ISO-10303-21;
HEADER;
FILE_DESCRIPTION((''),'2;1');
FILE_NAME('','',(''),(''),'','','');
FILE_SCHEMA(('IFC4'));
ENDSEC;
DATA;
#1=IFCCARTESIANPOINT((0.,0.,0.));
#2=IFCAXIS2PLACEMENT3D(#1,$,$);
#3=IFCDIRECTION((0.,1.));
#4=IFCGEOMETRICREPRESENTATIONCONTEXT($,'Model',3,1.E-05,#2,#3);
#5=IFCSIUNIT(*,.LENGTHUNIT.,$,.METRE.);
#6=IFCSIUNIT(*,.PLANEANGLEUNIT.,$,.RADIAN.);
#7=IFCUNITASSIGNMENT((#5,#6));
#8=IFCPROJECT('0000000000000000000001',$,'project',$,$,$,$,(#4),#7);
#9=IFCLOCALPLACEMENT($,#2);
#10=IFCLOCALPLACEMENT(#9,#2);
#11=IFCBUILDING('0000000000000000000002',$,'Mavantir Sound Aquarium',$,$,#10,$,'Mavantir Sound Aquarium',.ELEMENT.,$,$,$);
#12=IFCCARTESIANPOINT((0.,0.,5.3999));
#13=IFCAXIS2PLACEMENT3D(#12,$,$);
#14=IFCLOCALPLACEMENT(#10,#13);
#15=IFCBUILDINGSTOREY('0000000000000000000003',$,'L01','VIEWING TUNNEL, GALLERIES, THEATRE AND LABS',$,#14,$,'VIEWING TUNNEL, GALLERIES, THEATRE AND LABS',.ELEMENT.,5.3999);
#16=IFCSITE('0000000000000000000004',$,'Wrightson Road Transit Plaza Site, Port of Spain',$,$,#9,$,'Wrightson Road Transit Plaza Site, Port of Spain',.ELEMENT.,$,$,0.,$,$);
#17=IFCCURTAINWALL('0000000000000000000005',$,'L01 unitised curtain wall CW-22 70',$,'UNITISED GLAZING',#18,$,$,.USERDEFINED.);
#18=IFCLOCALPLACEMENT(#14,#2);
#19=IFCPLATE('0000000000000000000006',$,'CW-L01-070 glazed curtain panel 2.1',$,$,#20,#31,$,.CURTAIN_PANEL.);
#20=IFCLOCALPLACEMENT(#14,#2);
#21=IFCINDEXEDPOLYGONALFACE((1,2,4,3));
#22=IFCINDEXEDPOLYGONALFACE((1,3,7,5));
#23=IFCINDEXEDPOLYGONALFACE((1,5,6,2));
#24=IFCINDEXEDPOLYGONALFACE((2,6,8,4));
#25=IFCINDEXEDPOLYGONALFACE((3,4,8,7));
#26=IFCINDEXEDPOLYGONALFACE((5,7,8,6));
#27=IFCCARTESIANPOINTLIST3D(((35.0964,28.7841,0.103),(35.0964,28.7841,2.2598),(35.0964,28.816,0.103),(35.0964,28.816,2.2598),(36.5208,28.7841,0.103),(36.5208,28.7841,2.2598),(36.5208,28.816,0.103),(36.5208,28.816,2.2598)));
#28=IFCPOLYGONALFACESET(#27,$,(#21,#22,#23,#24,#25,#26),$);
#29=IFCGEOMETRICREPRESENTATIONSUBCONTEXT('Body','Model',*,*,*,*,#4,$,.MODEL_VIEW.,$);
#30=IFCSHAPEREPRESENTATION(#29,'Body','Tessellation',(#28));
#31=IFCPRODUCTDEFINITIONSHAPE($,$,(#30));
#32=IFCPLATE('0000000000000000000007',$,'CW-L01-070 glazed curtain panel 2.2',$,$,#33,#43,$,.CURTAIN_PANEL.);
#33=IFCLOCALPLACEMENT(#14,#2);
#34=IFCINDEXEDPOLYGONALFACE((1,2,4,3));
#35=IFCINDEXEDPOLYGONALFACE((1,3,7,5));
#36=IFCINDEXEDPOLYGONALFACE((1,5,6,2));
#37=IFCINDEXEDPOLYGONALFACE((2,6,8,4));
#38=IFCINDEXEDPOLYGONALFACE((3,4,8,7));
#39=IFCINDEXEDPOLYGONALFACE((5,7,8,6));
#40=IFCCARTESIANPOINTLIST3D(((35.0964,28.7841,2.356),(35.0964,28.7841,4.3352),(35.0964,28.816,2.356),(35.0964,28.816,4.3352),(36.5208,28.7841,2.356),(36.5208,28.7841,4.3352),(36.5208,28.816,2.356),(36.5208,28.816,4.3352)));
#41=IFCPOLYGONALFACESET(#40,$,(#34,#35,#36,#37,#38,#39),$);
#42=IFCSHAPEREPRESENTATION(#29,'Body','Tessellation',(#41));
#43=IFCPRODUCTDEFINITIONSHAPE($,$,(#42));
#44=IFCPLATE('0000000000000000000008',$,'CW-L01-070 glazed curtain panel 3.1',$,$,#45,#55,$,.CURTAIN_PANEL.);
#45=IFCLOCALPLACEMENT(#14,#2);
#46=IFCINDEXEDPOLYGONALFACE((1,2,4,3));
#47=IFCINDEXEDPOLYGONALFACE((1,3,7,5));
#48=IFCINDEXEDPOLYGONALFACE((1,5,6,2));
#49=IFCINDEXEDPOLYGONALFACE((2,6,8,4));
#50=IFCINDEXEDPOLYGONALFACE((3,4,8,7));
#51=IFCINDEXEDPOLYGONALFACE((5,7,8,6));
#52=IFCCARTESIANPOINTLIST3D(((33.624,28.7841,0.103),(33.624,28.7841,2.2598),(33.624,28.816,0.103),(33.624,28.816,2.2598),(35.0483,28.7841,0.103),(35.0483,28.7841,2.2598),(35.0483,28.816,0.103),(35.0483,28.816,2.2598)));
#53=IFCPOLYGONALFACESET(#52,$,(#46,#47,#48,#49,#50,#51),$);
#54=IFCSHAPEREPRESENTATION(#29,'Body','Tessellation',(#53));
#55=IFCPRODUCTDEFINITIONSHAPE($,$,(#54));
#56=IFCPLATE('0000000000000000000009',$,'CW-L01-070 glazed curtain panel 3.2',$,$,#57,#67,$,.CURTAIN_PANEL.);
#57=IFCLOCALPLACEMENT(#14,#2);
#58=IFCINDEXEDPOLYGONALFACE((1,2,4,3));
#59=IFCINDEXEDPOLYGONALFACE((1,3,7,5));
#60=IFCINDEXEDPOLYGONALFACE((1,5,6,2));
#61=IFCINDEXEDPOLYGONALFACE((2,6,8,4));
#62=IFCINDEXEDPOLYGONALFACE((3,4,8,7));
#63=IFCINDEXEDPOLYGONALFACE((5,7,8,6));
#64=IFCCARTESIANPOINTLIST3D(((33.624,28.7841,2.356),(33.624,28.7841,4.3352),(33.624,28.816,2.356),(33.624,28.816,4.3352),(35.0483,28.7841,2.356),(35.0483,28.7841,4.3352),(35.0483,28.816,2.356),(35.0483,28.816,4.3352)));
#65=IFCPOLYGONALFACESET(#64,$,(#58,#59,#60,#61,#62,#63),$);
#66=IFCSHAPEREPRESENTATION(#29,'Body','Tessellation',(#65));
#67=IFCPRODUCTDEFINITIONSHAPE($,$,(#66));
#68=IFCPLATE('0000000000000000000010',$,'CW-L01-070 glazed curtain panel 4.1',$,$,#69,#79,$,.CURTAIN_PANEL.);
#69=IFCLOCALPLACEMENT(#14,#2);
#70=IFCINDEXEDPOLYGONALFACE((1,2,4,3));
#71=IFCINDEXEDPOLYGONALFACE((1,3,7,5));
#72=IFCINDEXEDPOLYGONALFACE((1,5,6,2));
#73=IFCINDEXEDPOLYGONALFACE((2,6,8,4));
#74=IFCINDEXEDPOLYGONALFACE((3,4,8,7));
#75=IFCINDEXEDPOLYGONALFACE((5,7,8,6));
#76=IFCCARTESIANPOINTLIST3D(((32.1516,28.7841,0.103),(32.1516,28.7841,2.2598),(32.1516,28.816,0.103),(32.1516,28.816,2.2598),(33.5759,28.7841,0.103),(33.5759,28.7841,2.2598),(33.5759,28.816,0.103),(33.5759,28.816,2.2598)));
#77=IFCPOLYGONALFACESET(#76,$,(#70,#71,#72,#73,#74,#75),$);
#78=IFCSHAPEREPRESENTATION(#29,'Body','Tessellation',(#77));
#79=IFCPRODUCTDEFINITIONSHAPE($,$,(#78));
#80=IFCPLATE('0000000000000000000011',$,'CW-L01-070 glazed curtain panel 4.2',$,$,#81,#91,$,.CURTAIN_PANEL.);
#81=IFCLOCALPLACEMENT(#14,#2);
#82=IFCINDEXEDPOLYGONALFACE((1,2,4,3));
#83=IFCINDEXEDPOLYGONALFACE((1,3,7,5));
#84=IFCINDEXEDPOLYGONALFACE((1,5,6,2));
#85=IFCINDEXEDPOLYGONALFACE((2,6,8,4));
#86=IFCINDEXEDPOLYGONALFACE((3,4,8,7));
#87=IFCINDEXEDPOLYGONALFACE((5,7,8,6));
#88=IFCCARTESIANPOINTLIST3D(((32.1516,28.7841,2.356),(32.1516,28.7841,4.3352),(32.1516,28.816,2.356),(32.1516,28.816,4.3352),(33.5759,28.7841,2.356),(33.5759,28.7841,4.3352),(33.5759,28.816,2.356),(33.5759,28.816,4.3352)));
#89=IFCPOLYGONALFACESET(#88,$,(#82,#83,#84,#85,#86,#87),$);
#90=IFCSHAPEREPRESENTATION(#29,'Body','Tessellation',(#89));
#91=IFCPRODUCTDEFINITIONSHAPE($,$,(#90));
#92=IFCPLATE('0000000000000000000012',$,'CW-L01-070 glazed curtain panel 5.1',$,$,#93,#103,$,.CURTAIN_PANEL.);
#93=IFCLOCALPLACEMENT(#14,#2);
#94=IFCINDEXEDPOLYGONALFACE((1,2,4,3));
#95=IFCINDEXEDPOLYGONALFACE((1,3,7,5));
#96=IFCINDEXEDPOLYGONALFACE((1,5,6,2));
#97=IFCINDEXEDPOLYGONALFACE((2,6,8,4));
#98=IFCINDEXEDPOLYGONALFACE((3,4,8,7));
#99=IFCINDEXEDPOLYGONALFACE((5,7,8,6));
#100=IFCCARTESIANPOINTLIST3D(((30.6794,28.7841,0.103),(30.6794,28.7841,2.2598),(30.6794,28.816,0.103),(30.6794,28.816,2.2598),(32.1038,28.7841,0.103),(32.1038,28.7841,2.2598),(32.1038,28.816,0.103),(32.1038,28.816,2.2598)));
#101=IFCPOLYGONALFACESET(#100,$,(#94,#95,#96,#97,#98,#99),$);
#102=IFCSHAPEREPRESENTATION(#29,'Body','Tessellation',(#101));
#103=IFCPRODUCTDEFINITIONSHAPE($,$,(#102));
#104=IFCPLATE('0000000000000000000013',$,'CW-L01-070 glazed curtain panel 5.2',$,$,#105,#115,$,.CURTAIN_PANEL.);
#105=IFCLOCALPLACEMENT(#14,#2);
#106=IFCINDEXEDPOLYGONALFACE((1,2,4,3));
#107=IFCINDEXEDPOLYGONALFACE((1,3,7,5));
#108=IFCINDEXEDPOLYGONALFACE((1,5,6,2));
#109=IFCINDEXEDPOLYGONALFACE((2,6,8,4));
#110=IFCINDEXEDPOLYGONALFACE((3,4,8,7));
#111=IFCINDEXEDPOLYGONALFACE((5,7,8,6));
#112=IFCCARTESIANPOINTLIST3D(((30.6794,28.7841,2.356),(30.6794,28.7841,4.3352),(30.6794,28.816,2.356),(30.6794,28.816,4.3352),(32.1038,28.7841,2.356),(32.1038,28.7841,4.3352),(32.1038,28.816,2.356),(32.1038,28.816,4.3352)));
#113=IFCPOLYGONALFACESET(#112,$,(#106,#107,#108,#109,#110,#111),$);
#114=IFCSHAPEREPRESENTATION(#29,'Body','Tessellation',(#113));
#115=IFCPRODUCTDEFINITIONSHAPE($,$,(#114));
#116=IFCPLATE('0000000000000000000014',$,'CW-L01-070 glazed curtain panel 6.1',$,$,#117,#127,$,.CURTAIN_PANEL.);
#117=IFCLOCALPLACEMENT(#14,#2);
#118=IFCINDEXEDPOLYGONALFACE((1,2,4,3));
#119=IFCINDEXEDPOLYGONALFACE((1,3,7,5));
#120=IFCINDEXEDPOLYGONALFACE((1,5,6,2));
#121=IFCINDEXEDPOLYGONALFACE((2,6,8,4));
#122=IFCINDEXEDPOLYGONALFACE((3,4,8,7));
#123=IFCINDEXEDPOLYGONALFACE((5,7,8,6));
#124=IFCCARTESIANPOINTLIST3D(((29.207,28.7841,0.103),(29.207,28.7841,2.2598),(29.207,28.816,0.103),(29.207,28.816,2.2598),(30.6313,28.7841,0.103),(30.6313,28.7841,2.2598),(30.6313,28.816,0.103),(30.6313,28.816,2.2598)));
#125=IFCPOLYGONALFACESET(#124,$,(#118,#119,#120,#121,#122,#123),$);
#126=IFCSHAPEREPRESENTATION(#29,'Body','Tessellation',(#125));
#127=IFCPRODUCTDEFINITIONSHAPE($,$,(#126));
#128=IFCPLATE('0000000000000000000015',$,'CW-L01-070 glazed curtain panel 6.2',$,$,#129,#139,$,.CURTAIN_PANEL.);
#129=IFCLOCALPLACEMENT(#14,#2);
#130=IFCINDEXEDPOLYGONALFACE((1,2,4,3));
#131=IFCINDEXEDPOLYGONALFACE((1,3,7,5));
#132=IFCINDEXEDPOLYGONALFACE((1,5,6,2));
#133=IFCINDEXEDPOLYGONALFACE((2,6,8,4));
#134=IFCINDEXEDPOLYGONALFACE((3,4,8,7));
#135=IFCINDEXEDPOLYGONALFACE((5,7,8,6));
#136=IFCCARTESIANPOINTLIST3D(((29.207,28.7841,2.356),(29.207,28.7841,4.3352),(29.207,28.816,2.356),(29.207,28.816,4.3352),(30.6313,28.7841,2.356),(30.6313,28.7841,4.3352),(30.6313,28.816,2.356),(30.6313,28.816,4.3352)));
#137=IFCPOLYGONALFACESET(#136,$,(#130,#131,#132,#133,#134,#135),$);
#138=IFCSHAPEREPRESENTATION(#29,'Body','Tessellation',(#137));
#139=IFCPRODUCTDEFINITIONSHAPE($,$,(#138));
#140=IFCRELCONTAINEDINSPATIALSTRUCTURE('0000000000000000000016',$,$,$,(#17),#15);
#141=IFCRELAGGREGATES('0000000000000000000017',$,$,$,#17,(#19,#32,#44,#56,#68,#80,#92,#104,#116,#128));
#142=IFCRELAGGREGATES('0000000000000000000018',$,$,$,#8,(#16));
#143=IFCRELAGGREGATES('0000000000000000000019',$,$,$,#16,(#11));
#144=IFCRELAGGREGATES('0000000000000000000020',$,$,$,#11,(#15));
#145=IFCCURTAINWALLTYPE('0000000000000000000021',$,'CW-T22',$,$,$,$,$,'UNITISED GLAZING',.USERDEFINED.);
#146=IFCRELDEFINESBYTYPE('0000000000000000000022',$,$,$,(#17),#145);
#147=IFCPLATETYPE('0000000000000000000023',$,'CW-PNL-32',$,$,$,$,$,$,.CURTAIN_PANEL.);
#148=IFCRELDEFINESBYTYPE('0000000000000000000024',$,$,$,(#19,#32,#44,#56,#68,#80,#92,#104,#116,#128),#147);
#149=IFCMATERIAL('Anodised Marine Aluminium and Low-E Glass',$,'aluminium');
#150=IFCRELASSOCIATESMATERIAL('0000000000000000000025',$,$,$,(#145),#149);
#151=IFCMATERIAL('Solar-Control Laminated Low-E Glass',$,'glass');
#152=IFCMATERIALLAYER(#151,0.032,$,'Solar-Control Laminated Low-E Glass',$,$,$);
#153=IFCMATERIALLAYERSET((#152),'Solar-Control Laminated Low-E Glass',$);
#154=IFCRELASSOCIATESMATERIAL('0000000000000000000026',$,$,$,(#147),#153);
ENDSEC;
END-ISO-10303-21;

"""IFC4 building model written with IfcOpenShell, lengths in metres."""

from ifc_helpers import new_model, si_unit, direction, frame, origin, origin_2d, place, context, subcontext, project, spatial, rectangle, extrude, material, layer, layer_set, type_object, element, aggregate, save


model = new_model("IFC4")

# Units and contexts
model_context = context("Model", 3, precision=1e-05, world=origin(), true_north=direction((0.0, 1.0)))
body_context = subcontext(model_context, "Body", "Model", "MODEL_VIEW")
ifc_project = project(units=[si_unit("LENGTHUNIT", "METRE"), si_unit("PLANEANGLEUNIT", "RADIAN")], contexts=[model_context])

# Site, building, storey
site_placement = place(None, origin())
site = spatial("IfcSite", under=ifc_project, at=site_placement, Name="Wrightson Road Transit Plaza Site, Port of Spain", LongName="Wrightson Road Transit Plaza Site, Port of Spain", CompositionType="ELEMENT", RefElevation=0.0)
building_placement = place(site_placement, origin())
building = spatial("IfcBuilding", under=site, at=building_placement, Name="Mavantir Sound Aquarium", LongName="Mavantir Sound Aquarium", CompositionType="ELEMENT")
storey_placement = place(building_placement, frame((0.0, 0.0, 5.3999)))
storey = spatial("IfcBuildingStorey", under=building, at=storey_placement, Name="L01", Description="VIEWING TUNNEL, GALLERIES, THEATRE AND LABS", LongName="VIEWING TUNNEL, GALLERIES, THEATRE AND LABS", CompositionType="ELEMENT", Elevation=5.3999)

# Curtain wall
ifc_material_1 = material(Name="Anodised Marine Aluminium and Low-E Glass", Category="aluminium")
curtain_wall_type_1 = type_object("IfcCurtainWallType", Name="CW-T22", ElementType="UNITISED GLAZING", PredefinedType="USERDEFINED", material=ifc_material_1)
curtain_wall_1_placement = place(storey_placement, origin())
curtain_wall_1 = element("IfcCurtainWall", 1, at=curtain_wall_1_placement, inside=storey, type_object=curtain_wall_type_1, Name="L01 unitised curtain wall CW-22 70", ObjectType="UNITISED GLAZING", PredefinedType="USERDEFINED")

# Shared definitions
ifc_material_2 = material(Name="Solar-Control Laminated Low-E Glass", Category="glass")

# Plates
ifc_layer_1 = layer(ifc_material_2, 0.032, Name="Solar-Control Laminated Low-E Glass")
ifc_layer_set_1 = layer_set([ifc_layer_1], Name="Solar-Control Laminated Low-E Glass")
plate_type_1 = type_object("IfcPlateType", Name="CW-PNL-32", PredefinedType="CURTAIN_PANEL", material=ifc_layer_set_1)
plate_1_placement = place(storey_placement, frame((35.8086, 28.8, 0.103), z_axis=(0.0, 0.0, 1.0), x_axis=(-1.0, 0.0, 0.0)))
plate_1 = element("IfcPlate", 2, at=plate_1_placement, type_object=plate_type_1, Name="CW-L01-070 glazed curtain panel 2.1", PredefinedType="CURTAIN_PANEL", context=body_context, shape_type="SweptSolid", body=[
    extrude(rectangle(XDim=1.4243, YDim=0.032, at=origin_2d()), origin(), (0.0, 0.0, 1.0), 2.1567),
])
plate_2_placement = place(storey_placement, frame((35.8086, 28.8, 2.356), z_axis=(0.0, 0.0, 1.0), x_axis=(-1.0, 0.0, 0.0)))
plate_2 = element("IfcPlate", 3, at=plate_2_placement, type_object=plate_type_1, Name="CW-L01-070 glazed curtain panel 2.2", PredefinedType="CURTAIN_PANEL", context=body_context, shape_type="SweptSolid", body=[
    extrude(rectangle(XDim=1.4243, YDim=0.032, at=origin_2d()), origin(), (0.0, 0.0, 1.0), 1.9792),
])
plate_3_placement = place(storey_placement, frame((34.3362, 28.8, 0.103), z_axis=(0.0, 0.0, 1.0), x_axis=(-1.0, 0.0, 0.0)))
plate_3 = element("IfcPlate", 4, at=plate_3_placement, type_object=plate_type_1, Name="CW-L01-070 glazed curtain panel 3.1", PredefinedType="CURTAIN_PANEL", context=body_context, shape_type="SweptSolid", body=[
    extrude(rectangle(XDim=1.4243, YDim=0.032, at=origin_2d()), origin(), (0.0, 0.0, 1.0), 2.1567),
])
plate_4_placement = place(storey_placement, frame((34.3362, 28.8, 2.356), z_axis=(0.0, 0.0, 1.0), x_axis=(-1.0, 0.0, 0.0)))
plate_4 = element("IfcPlate", 5, at=plate_4_placement, type_object=plate_type_1, Name="CW-L01-070 glazed curtain panel 3.2", PredefinedType="CURTAIN_PANEL", context=body_context, shape_type="SweptSolid", body=[
    extrude(rectangle(XDim=1.4243, YDim=0.032, at=origin_2d()), origin(), (0.0, 0.0, 1.0), 1.9792),
])
plate_5_placement = place(storey_placement, frame((32.8638, 28.8, 0.103), z_axis=(0.0, 0.0, 1.0), x_axis=(-1.0, 0.0, 0.0)))
plate_5 = element("IfcPlate", 6, at=plate_5_placement, type_object=plate_type_1, Name="CW-L01-070 glazed curtain panel 4.1", PredefinedType="CURTAIN_PANEL", context=body_context, shape_type="SweptSolid", body=[
    extrude(rectangle(XDim=1.4243, YDim=0.032, at=origin_2d()), origin(), (0.0, 0.0, 1.0), 2.1567),
])
plate_6_placement = place(storey_placement, frame((32.8638, 28.8, 2.356), z_axis=(0.0, 0.0, 1.0), x_axis=(-1.0, 0.0, 0.0)))
plate_6 = element("IfcPlate", 7, at=plate_6_placement, type_object=plate_type_1, Name="CW-L01-070 glazed curtain panel 4.2", PredefinedType="CURTAIN_PANEL", context=body_context, shape_type="SweptSolid", body=[
    extrude(rectangle(XDim=1.4243, YDim=0.032, at=origin_2d()), origin(), (0.0, 0.0, 1.0), 1.9792),
])
plate_7_placement = place(storey_placement, frame((31.3916, 28.8, 0.103), z_axis=(0.0, 0.0, 1.0), x_axis=(-1.0, 0.0, 0.0)))
plate_7 = element("IfcPlate", 8, at=plate_7_placement, type_object=plate_type_1, Name="CW-L01-070 glazed curtain panel 5.1", PredefinedType="CURTAIN_PANEL", context=body_context, shape_type="SweptSolid", body=[
    extrude(rectangle(XDim=1.4243, YDim=0.032, at=origin_2d()), origin(), (0.0, 0.0, 1.0), 2.1567),
])
plate_8_placement = place(storey_placement, frame((31.3916, 28.8, 2.356), z_axis=(0.0, 0.0, 1.0), x_axis=(-1.0, 0.0, 0.0)))
plate_8 = element("IfcPlate", 9, at=plate_8_placement, type_object=plate_type_1, Name="CW-L01-070 glazed curtain panel 5.2", PredefinedType="CURTAIN_PANEL", context=body_context, shape_type="SweptSolid", body=[
    extrude(rectangle(XDim=1.4243, YDim=0.032, at=origin_2d()), origin(), (0.0, 0.0, 1.0), 1.9792),
])
plate_9_placement = place(storey_placement, frame((29.9192, 28.8, 0.103), z_axis=(0.0, 0.0, 1.0), x_axis=(-1.0, 0.0, 0.0)))
plate_9 = element("IfcPlate", 10, at=plate_9_placement, type_object=plate_type_1, Name="CW-L01-070 glazed curtain panel 6.1", PredefinedType="CURTAIN_PANEL", context=body_context, shape_type="SweptSolid", body=[
    extrude(rectangle(XDim=1.4243, YDim=0.032, at=origin_2d()), origin(), (0.0, 0.0, 1.0), 2.1567),
])
plate_10_placement = place(storey_placement, frame((29.9192, 28.8, 2.356), z_axis=(0.0, 0.0, 1.0), x_axis=(-1.0, 0.0, 0.0)))
plate_10 = element("IfcPlate", 11, at=plate_10_placement, type_object=plate_type_1, Name="CW-L01-070 glazed curtain panel 6.2", PredefinedType="CURTAIN_PANEL", context=body_context, shape_type="SweptSolid", body=[
    extrude(rectangle(XDim=1.4243, YDim=0.032, at=origin_2d()), origin(), (0.0, 0.0, 1.0), 1.9792),
])
aggregate(curtain_wall_1, [plate_1, plate_2, plate_3, plate_4, plate_5, plate_6, plate_7, plate_8, plate_9, plate_10])

save(model, "model.ifc")
